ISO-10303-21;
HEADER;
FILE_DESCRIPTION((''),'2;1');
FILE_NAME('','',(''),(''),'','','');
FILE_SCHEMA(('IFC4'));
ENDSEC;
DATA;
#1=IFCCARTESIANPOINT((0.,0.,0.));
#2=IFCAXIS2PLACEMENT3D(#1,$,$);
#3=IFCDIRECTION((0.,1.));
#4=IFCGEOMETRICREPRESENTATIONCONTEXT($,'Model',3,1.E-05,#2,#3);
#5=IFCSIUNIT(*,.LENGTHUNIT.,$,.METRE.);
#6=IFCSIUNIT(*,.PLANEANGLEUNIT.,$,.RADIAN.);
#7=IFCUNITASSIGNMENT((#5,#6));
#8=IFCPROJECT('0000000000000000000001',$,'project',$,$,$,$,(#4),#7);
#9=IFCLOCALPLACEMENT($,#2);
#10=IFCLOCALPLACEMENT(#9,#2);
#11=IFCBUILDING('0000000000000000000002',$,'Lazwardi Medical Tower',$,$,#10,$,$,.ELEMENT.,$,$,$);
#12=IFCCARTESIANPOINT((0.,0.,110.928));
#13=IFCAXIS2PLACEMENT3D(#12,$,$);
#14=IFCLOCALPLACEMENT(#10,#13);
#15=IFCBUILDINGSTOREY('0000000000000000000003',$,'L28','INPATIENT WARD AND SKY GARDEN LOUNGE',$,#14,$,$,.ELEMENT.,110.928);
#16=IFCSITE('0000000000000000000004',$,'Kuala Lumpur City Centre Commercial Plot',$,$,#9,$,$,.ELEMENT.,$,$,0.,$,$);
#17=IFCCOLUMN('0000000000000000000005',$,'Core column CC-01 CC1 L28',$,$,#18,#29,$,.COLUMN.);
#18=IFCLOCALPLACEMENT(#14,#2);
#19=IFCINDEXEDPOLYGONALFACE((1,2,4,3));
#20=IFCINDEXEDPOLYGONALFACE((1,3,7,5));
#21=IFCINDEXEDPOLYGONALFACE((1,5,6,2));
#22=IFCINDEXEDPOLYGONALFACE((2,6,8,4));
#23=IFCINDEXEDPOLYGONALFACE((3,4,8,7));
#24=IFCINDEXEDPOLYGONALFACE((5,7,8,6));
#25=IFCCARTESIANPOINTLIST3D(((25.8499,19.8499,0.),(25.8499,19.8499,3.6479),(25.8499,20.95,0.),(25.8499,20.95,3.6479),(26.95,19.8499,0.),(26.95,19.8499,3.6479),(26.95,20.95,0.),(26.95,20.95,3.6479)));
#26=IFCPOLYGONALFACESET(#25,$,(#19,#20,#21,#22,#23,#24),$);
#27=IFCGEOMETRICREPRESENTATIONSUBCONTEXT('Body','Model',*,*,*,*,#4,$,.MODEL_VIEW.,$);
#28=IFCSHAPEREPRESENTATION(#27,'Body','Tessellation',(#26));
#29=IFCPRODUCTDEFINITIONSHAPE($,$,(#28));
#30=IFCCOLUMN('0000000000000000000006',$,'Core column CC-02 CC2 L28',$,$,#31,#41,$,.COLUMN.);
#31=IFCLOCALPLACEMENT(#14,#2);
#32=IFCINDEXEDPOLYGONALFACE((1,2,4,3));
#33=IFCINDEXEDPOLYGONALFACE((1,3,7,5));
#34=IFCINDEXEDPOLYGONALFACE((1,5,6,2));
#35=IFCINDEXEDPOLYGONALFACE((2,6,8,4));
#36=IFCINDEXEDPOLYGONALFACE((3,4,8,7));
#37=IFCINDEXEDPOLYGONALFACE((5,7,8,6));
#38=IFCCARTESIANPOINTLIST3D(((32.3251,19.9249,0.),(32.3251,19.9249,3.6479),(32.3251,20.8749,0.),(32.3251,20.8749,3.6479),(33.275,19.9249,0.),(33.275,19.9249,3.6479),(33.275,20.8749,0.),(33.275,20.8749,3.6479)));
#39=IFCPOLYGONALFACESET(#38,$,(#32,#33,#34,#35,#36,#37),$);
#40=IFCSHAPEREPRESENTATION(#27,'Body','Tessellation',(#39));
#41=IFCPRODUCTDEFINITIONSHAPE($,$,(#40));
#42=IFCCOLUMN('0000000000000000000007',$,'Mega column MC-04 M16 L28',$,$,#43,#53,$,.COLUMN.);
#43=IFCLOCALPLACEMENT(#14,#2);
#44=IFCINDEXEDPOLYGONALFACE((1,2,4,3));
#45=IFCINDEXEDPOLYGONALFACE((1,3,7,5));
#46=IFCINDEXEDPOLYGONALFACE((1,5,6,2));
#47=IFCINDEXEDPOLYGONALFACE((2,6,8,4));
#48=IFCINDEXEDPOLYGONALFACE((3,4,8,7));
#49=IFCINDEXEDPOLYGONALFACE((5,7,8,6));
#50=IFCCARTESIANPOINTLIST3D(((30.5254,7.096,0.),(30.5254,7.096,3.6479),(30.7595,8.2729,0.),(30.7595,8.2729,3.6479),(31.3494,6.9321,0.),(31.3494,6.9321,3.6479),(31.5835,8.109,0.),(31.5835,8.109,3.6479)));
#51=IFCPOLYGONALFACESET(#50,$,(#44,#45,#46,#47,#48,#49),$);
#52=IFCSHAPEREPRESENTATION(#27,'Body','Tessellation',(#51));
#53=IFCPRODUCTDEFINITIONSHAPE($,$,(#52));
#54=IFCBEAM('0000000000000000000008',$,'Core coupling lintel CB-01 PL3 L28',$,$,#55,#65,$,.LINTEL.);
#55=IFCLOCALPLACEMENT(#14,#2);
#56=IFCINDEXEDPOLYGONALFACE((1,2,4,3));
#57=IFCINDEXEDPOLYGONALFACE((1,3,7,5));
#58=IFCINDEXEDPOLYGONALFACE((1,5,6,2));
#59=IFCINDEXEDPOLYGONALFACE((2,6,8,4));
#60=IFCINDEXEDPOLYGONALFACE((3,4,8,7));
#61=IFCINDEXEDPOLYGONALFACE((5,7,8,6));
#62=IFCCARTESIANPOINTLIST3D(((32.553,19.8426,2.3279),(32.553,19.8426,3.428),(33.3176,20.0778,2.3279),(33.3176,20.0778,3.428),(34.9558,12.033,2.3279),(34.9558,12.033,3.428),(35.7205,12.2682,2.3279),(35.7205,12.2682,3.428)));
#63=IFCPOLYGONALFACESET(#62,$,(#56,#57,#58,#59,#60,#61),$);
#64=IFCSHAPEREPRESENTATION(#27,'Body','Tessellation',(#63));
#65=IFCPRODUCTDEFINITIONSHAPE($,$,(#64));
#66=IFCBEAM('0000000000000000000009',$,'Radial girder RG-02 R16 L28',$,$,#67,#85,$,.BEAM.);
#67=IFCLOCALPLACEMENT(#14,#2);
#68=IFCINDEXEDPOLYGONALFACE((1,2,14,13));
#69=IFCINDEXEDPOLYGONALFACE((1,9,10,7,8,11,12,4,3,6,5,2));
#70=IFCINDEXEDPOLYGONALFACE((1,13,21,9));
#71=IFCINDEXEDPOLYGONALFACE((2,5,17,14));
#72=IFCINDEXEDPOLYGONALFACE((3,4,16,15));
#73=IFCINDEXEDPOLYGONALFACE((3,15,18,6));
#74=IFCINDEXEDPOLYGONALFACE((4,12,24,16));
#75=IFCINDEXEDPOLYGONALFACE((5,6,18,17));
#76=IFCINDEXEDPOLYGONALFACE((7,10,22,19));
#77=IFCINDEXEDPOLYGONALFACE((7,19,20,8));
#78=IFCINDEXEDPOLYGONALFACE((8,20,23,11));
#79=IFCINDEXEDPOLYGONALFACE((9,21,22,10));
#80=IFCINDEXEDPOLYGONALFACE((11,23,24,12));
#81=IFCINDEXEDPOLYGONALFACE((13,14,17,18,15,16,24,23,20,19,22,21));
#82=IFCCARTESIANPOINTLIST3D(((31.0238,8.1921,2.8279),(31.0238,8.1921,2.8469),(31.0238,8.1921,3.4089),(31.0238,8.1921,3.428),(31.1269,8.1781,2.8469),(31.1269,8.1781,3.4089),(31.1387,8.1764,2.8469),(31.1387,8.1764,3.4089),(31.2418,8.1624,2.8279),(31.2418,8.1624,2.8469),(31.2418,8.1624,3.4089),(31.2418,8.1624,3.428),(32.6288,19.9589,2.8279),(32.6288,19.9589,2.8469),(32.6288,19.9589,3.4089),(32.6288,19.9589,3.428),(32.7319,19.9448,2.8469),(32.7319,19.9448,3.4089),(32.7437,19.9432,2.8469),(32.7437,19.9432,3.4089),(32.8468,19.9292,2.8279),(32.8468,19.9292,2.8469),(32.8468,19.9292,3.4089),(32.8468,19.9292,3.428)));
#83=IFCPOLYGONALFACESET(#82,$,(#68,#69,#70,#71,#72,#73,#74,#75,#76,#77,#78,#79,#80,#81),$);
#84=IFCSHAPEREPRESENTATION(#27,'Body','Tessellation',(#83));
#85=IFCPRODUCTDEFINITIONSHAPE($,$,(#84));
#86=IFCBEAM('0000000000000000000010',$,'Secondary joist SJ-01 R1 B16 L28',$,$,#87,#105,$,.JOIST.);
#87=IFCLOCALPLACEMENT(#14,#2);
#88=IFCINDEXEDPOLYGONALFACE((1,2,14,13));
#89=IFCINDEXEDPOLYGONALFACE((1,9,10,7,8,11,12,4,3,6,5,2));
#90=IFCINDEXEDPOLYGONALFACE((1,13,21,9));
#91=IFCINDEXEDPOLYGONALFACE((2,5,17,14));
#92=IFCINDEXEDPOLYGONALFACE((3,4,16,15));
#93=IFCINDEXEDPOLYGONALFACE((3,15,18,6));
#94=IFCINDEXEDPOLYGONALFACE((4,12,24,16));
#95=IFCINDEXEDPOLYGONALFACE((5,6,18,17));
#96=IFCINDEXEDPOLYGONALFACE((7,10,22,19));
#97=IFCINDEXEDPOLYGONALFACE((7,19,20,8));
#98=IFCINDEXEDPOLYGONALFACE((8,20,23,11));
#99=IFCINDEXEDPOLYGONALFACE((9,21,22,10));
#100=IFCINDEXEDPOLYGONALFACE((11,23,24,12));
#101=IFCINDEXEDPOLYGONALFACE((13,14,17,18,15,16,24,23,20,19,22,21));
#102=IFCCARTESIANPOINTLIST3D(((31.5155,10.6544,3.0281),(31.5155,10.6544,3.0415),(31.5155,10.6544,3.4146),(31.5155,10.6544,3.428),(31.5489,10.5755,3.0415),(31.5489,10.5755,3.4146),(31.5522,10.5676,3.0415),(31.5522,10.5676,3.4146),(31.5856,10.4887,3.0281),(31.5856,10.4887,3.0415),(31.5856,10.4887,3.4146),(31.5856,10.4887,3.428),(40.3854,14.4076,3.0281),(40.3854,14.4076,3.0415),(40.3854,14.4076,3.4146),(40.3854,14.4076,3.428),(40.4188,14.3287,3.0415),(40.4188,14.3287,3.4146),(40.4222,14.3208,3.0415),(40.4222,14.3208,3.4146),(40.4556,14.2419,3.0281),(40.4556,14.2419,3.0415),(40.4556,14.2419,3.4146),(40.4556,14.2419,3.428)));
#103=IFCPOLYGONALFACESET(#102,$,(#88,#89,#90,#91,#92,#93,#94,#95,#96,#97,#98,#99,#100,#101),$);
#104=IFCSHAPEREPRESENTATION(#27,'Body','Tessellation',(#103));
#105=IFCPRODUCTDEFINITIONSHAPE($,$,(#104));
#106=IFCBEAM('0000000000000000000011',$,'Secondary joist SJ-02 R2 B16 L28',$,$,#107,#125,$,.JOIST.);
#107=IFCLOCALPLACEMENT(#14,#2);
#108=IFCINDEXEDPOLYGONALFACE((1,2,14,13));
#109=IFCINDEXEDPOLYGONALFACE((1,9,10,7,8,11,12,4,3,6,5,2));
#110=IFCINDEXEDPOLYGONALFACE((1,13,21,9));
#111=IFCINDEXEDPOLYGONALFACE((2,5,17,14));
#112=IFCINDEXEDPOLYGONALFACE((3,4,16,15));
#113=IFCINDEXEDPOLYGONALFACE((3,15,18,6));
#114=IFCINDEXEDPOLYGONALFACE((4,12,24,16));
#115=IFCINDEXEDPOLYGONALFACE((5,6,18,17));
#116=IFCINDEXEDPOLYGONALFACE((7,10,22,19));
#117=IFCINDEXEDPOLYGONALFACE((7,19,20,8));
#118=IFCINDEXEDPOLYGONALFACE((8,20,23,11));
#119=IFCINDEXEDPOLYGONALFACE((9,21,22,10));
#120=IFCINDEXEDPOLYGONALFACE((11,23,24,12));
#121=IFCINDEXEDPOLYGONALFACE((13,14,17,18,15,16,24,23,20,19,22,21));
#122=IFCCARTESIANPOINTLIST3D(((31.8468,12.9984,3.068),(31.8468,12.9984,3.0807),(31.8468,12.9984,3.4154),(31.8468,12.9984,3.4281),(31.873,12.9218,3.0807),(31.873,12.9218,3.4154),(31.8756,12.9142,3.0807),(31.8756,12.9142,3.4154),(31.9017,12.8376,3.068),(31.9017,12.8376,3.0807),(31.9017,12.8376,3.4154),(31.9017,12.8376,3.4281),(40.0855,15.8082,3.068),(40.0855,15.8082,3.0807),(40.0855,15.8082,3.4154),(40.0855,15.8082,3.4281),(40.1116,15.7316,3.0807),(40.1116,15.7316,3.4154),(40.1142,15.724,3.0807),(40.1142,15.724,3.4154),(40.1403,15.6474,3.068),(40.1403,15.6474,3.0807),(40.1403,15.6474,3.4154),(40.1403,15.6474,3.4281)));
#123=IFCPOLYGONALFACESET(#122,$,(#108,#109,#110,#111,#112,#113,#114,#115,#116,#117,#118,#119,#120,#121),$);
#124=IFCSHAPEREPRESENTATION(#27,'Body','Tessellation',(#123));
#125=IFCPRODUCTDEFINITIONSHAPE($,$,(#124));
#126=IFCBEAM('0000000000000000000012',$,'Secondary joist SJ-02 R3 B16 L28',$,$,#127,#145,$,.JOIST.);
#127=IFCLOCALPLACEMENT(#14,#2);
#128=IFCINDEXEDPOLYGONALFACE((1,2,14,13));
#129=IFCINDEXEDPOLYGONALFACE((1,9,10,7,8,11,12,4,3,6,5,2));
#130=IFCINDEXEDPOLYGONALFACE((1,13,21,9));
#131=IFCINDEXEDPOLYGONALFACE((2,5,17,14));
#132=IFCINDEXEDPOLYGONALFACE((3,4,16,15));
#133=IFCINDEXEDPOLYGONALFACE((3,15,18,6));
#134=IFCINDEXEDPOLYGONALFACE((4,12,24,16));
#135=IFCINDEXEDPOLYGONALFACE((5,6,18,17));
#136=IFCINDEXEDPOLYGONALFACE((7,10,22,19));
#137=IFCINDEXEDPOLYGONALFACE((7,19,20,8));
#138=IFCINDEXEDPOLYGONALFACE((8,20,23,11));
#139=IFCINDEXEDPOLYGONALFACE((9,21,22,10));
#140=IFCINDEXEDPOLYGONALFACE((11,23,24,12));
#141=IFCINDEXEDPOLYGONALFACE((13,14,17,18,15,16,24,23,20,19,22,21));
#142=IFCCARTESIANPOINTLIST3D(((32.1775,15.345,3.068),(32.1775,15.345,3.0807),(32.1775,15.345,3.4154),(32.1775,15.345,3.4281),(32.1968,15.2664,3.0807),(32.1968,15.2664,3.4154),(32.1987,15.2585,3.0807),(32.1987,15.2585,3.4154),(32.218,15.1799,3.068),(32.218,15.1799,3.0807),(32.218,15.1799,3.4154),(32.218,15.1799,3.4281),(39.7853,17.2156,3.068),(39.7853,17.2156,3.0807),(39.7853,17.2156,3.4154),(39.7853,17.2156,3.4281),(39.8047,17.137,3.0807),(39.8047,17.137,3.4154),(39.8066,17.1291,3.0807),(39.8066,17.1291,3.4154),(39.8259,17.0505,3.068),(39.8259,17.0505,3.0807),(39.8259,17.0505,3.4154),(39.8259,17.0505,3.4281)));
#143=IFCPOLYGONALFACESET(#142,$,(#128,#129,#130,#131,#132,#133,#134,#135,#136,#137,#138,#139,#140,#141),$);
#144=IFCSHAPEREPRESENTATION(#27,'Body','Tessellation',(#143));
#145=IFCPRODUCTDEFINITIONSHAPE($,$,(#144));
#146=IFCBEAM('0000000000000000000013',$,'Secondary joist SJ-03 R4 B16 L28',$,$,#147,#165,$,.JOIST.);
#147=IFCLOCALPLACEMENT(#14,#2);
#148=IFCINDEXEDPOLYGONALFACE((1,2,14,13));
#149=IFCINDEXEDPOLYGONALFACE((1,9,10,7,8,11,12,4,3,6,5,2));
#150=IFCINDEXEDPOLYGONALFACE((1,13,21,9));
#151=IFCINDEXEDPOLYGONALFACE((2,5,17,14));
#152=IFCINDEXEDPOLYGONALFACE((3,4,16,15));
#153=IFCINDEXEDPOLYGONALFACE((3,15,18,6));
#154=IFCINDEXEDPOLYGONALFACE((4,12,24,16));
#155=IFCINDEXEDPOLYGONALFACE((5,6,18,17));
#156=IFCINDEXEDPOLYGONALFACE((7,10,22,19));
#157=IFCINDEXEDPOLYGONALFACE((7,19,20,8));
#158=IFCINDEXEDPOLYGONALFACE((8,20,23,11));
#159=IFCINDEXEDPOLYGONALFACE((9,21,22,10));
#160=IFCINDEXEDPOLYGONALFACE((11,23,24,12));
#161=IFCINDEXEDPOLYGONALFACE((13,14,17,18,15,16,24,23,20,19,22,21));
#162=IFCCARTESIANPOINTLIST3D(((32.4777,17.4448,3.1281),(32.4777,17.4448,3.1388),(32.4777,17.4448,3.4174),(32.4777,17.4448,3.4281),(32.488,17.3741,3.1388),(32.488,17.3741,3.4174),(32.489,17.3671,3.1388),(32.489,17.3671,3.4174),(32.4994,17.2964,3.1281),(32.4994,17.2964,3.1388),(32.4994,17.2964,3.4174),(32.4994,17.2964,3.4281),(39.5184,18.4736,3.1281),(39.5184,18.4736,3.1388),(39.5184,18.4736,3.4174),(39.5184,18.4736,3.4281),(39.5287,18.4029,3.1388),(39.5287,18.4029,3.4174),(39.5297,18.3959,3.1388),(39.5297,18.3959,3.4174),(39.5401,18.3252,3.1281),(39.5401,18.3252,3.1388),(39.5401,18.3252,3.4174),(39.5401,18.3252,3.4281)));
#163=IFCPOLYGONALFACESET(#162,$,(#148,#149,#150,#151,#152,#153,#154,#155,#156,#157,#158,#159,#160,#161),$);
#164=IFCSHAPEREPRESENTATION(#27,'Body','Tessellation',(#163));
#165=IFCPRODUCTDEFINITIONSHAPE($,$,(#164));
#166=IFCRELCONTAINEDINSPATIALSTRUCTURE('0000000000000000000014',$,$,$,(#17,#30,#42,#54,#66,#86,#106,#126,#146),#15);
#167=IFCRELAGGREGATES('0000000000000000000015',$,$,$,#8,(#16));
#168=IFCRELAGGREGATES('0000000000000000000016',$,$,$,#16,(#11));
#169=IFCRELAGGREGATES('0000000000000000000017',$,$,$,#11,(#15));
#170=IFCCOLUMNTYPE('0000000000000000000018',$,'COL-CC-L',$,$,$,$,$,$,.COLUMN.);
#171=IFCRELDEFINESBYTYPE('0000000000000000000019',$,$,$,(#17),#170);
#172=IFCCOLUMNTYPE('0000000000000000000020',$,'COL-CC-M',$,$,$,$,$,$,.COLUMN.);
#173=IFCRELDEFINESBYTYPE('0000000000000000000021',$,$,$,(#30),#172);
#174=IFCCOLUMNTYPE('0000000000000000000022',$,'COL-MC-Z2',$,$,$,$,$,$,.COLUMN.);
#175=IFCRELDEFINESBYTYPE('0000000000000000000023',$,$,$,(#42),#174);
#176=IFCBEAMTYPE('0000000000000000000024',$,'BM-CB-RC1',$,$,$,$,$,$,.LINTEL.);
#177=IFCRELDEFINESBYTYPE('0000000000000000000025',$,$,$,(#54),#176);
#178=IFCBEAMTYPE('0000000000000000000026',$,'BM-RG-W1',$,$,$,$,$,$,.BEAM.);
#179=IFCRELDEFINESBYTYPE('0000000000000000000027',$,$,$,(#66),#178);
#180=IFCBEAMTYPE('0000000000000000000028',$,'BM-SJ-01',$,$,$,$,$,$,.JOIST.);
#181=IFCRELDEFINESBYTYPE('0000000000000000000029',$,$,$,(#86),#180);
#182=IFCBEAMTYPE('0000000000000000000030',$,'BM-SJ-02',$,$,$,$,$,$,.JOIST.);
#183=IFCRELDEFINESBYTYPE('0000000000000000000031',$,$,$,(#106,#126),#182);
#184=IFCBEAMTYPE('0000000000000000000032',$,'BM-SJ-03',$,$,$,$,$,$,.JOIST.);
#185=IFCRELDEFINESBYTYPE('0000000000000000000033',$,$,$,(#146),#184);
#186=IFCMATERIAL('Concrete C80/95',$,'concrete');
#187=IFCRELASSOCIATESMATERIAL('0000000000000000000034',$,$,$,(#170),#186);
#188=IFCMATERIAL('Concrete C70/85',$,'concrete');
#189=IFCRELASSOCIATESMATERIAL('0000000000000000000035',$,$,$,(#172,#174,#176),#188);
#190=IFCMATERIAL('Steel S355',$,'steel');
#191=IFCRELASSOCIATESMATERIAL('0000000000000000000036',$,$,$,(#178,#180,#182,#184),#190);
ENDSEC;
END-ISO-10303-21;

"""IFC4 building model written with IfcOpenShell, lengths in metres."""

from ifc_helpers import new_model, si_unit, direction, frame, origin, origin_2d, place, context, subcontext, project, spatial, rectangle, i_section, extrude, material, material_profile, profile_set, type_object, element, save


model = new_model("IFC4")

# Units and contexts
model_context = context("Model", 3, precision=1e-05, world=origin(), true_north=direction((0.0, 1.0)))
body_context = subcontext(model_context, "Body", "Model", "MODEL_VIEW")
ifc_project = project(units=[si_unit("LENGTHUNIT", "METRE"), si_unit("PLANEANGLEUNIT", "RADIAN")], contexts=[model_context])

# Site, building, storey
site_placement = place(None, origin())
site = spatial("IfcSite", under=ifc_project, at=site_placement, Name="Kuala Lumpur City Centre Commercial Plot", CompositionType="ELEMENT", RefElevation=0.0)
building_placement = place(site_placement, origin())
building = spatial("IfcBuilding", under=site, at=building_placement, Name="Lazwardi Medical Tower", CompositionType="ELEMENT")
storey_placement = place(building_placement, frame((0.0, 0.0, 110.928)))
storey = spatial("IfcBuildingStorey", under=building, at=storey_placement, Name="L28", Description="INPATIENT WARD AND SKY GARDEN LOUNGE", CompositionType="ELEMENT", Elevation=110.928)

# Columns
ifc_material_1 = material(Name="Concrete C80/95", Category="concrete")
ifc_material_profile_1 = material_profile(ifc_material_1, rectangle(XDim=1.1001, YDim=1.1001, at=origin_2d()), Name="RC 1100x1100")
ifc_profile_set_1 = profile_set([ifc_material_profile_1], Name="Concrete C80/95")
column_type_1 = type_object("IfcColumnType", Name="COL-CC-L", PredefinedType="COLUMN", material=ifc_profile_set_1)
column_1_placement = place(storey_placement, frame((26.3999, 20.3999, 0.0), z_axis=(0.0, 0.0, 1.0), x_axis=(1.0, 0.0, 0.0)))
element("IfcColumn", 1, at=column_1_placement, inside=storey, type_object=column_type_1, Name="Core column CC-01 CC1 L28", PredefinedType="COLUMN", context=body_context, shape_type="SweptSolid", body=[
    extrude(rectangle(XDim=1.1001, YDim=1.1001, at=origin_2d()), origin(), (0.0, 0.0, 1.0), 3.6479),
])
ifc_material_2 = material(Name="Concrete C70/85", Category="concrete")
ifc_material_profile_2 = material_profile(ifc_material_2, rectangle(XDim=0.95, YDim=0.95, at=origin_2d()), Name="RC 950x950")
ifc_profile_set_2 = profile_set([ifc_material_profile_2], Name="Concrete C70/85")
column_type_2 = type_object("IfcColumnType", Name="COL-CC-M", PredefinedType="COLUMN", material=ifc_profile_set_2)
column_2_placement = place(storey_placement, frame((32.8, 20.3999, 0.0), z_axis=(0.0, 0.0, 1.0), x_axis=(1.0, 0.0, 0.0)))
element("IfcColumn", 2, at=column_2_placement, inside=storey, type_object=column_type_2, Name="Core column CC-02 CC2 L28", PredefinedType="COLUMN", context=body_context, shape_type="SweptSolid", body=[
    extrude(rectangle(XDim=0.95, YDim=0.95, at=origin_2d()), origin(), (0.0, 0.0, 1.0), 3.6479),
])
ifc_material_profile_3 = material_profile(ifc_material_2, rectangle(XDim=1.2, YDim=0.8401, at=origin_2d()), Name="CFT-RECT 1200x840")
ifc_profile_set_3 = profile_set([ifc_material_profile_3], Name="Concrete C70/85")
column_type_3 = type_object("IfcColumnType", Name="COL-MC-Z2", PredefinedType="COLUMN", material=ifc_profile_set_3)
column_3_placement = place(storey_placement, frame((31.0544, 7.6025, 0.0), z_axis=(0.0, 0.0, 1.0), x_axis=(-0.19509, -0.980785, 0.0)))
element("IfcColumn", 3, at=column_3_placement, inside=storey, type_object=column_type_3, Name="Mega column MC-04 M16 L28", PredefinedType="COLUMN", context=body_context, shape_type="SweptSolid", body=[
    extrude(rectangle(XDim=1.2, YDim=0.8401, at=origin_2d()), origin(), (0.0, 0.0, 1.0), 3.6479),
])

# Beams
ifc_material_profile_4 = material_profile(ifc_material_2, rectangle(XDim=0.8, YDim=1.1001, at=origin_2d()), Name="RC 800x1100")
ifc_profile_set_4 = profile_set([ifc_material_profile_4], Name="Concrete C70/85")
beam_type_1 = type_object("IfcBeamType", Name="BM-CB-RC1", PredefinedType="LINTEL", material=ifc_profile_set_4)
beam_1_placement = place(storey_placement, frame((32.9353, 19.9602, 2.8779), z_axis=(0.294073, -0.955783, 0.0), x_axis=(0.955783, 0.294073, 0.0)))
element("IfcBeam", 4, at=beam_1_placement, inside=storey, type_object=beam_type_1, Name="Core coupling lintel CB-01 PL3 L28", PredefinedType="LINTEL", context=body_context, shape_type="SweptSolid", body=[
    extrude(rectangle(XDim=0.8, YDim=1.1001, at=origin_2d()), origin(), (0.0, 0.0, 1.0), 8.1709),
])
ifc_material_3 = material(Name="Steel S355", Category="steel")
ifc_material_profile_5 = material_profile(ifc_material_3, i_section(OverallWidth=0.22, OverallDepth=0.6001, WebThickness=0.012, FlangeThickness=0.019, at=origin_2d()), Name="IPE 600")
ifc_profile_set_5 = profile_set([ifc_material_profile_5], Name="Steel S355")
beam_type_2 = type_object("IfcBeamType", Name="BM-RG-W1", PredefinedType="BEAM", material=ifc_profile_set_5)
beam_2_placement = place(storey_placement, frame((31.1328, 8.1772, 3.1279), z_axis=(0.135147, 0.990826, 0.0), x_axis=(-0.990826, 0.135147, 0.0)))
element("IfcBeam", 5, at=beam_2_placement, inside=storey, type_object=beam_type_2, Name="Radial girder RG-02 R16 L28", PredefinedType="BEAM", context=body_context, shape_type="SweptSolid", body=[
    extrude(i_section(OverallWidth=0.22, OverallDepth=0.6001, WebThickness=0.012, FlangeThickness=0.019, at=origin_2d()), origin(), (0.0, 0.0, 1.0), 11.8757),
])
ifc_material_profile_6 = material_profile(ifc_material_3, i_section(OverallWidth=0.1799, OverallDepth=0.3999, WebThickness=0.0085, FlangeThickness=0.0134, at=origin_2d()), Name="IPE 400")
ifc_profile_set_6 = profile_set([ifc_material_profile_6], Name="Steel S355")
beam_type_3 = type_object("IfcBeamType", Name="BM-SJ-01", PredefinedType="JOIST", material=ifc_profile_set_6)
beam_3_placement = place(storey_placement, frame((31.5505, 10.5715, 3.228), z_axis=(0.920947, 0.389687, 0.0), x_axis=(-0.389687, 0.920947, 0.0)))
element("IfcBeam", 6, at=beam_3_placement, inside=storey, type_object=beam_type_3, Name="Secondary joist SJ-01 R1 B16 L28", PredefinedType="JOIST", context=body_context, shape_type="SweptSolid", body=[
    extrude(i_section(OverallWidth=0.1799, OverallDepth=0.3999, WebThickness=0.0085, FlangeThickness=0.0134, at=origin_2d()), origin(), (0.0, 0.0, 1.0), 9.6313),
])
ifc_material_profile_7 = material_profile(ifc_material_3, i_section(OverallWidth=0.1699, OverallDepth=0.3601, WebThickness=0.0081, FlangeThickness=0.0127, at=origin_2d()), Name="IPE 360")
ifc_profile_set_7 = profile_set([ifc_material_profile_7], Name="Steel S355")
beam_type_4 = type_object("IfcBeamType", Name="BM-SJ-02", PredefinedType="JOIST", material=ifc_profile_set_7)
beam_4_placement = place(storey_placement, frame((31.8743, 12.918, 3.248), z_axis=(0.946467, 0.3228, 0.0), x_axis=(-0.3228, 0.946467, 0.0)))
element("IfcBeam", 7, at=beam_4_placement, inside=storey, type_object=beam_type_4, Name="Secondary joist SJ-02 R2 B16 L28", PredefinedType="JOIST", context=body_context, shape_type="SweptSolid", body=[
    extrude(i_section(OverallWidth=0.1699, OverallDepth=0.3601, WebThickness=0.0081, FlangeThickness=0.0127, at=origin_2d()), origin(), (0.0, 0.0, 1.0), 8.7046),
])
beam_5_placement = place(storey_placement, frame((32.1978, 15.2625, 3.248), z_axis=(0.971077, 0.238765, 0.0), x_axis=(-0.238765, 0.971077, 0.0)))
element("IfcBeam", 8, at=beam_5_placement, inside=storey, type_object=beam_type_4, Name="Secondary joist SJ-02 R3 B16 L28", PredefinedType="JOIST", context=body_context, shape_type="SweptSolid", body=[
    extrude(i_section(OverallWidth=0.1699, OverallDepth=0.3601, WebThickness=0.0081, FlangeThickness=0.0127, at=origin_2d()), origin(), (0.0, 0.0, 1.0), 7.8345),
])
ifc_material_profile_8 = material_profile(ifc_material_3, i_section(OverallWidth=0.1499, OverallDepth=0.3, WebThickness=0.0071, FlangeThickness=0.0107, at=origin_2d()), Name="IPE 300")
ifc_profile_set_8 = profile_set([ifc_material_profile_8], Name="Steel S355")
beam_type_5 = type_object("IfcBeamType", Name="BM-SJ-03", PredefinedType="JOIST", material=ifc_profile_set_8)
beam_6_placement = place(storey_placement, frame((32.4885, 17.3706, 3.2781), z_axis=(0.989492, 0.144586, 0.0), x_axis=(-0.144586, 0.989492, 0.0)))
element("IfcBeam", 9, at=beam_6_placement, inside=storey, type_object=beam_type_5, Name="Secondary joist SJ-03 R4 B16 L28", PredefinedType="JOIST", context=body_context, shape_type="SweptSolid", body=[
    extrude(i_section(OverallWidth=0.1499, OverallDepth=0.3, WebThickness=0.0071, FlangeThickness=0.0107, at=origin_2d()), origin(), (0.0, 0.0, 1.0), 7.1155),
])

save(model, "model.ifc")
